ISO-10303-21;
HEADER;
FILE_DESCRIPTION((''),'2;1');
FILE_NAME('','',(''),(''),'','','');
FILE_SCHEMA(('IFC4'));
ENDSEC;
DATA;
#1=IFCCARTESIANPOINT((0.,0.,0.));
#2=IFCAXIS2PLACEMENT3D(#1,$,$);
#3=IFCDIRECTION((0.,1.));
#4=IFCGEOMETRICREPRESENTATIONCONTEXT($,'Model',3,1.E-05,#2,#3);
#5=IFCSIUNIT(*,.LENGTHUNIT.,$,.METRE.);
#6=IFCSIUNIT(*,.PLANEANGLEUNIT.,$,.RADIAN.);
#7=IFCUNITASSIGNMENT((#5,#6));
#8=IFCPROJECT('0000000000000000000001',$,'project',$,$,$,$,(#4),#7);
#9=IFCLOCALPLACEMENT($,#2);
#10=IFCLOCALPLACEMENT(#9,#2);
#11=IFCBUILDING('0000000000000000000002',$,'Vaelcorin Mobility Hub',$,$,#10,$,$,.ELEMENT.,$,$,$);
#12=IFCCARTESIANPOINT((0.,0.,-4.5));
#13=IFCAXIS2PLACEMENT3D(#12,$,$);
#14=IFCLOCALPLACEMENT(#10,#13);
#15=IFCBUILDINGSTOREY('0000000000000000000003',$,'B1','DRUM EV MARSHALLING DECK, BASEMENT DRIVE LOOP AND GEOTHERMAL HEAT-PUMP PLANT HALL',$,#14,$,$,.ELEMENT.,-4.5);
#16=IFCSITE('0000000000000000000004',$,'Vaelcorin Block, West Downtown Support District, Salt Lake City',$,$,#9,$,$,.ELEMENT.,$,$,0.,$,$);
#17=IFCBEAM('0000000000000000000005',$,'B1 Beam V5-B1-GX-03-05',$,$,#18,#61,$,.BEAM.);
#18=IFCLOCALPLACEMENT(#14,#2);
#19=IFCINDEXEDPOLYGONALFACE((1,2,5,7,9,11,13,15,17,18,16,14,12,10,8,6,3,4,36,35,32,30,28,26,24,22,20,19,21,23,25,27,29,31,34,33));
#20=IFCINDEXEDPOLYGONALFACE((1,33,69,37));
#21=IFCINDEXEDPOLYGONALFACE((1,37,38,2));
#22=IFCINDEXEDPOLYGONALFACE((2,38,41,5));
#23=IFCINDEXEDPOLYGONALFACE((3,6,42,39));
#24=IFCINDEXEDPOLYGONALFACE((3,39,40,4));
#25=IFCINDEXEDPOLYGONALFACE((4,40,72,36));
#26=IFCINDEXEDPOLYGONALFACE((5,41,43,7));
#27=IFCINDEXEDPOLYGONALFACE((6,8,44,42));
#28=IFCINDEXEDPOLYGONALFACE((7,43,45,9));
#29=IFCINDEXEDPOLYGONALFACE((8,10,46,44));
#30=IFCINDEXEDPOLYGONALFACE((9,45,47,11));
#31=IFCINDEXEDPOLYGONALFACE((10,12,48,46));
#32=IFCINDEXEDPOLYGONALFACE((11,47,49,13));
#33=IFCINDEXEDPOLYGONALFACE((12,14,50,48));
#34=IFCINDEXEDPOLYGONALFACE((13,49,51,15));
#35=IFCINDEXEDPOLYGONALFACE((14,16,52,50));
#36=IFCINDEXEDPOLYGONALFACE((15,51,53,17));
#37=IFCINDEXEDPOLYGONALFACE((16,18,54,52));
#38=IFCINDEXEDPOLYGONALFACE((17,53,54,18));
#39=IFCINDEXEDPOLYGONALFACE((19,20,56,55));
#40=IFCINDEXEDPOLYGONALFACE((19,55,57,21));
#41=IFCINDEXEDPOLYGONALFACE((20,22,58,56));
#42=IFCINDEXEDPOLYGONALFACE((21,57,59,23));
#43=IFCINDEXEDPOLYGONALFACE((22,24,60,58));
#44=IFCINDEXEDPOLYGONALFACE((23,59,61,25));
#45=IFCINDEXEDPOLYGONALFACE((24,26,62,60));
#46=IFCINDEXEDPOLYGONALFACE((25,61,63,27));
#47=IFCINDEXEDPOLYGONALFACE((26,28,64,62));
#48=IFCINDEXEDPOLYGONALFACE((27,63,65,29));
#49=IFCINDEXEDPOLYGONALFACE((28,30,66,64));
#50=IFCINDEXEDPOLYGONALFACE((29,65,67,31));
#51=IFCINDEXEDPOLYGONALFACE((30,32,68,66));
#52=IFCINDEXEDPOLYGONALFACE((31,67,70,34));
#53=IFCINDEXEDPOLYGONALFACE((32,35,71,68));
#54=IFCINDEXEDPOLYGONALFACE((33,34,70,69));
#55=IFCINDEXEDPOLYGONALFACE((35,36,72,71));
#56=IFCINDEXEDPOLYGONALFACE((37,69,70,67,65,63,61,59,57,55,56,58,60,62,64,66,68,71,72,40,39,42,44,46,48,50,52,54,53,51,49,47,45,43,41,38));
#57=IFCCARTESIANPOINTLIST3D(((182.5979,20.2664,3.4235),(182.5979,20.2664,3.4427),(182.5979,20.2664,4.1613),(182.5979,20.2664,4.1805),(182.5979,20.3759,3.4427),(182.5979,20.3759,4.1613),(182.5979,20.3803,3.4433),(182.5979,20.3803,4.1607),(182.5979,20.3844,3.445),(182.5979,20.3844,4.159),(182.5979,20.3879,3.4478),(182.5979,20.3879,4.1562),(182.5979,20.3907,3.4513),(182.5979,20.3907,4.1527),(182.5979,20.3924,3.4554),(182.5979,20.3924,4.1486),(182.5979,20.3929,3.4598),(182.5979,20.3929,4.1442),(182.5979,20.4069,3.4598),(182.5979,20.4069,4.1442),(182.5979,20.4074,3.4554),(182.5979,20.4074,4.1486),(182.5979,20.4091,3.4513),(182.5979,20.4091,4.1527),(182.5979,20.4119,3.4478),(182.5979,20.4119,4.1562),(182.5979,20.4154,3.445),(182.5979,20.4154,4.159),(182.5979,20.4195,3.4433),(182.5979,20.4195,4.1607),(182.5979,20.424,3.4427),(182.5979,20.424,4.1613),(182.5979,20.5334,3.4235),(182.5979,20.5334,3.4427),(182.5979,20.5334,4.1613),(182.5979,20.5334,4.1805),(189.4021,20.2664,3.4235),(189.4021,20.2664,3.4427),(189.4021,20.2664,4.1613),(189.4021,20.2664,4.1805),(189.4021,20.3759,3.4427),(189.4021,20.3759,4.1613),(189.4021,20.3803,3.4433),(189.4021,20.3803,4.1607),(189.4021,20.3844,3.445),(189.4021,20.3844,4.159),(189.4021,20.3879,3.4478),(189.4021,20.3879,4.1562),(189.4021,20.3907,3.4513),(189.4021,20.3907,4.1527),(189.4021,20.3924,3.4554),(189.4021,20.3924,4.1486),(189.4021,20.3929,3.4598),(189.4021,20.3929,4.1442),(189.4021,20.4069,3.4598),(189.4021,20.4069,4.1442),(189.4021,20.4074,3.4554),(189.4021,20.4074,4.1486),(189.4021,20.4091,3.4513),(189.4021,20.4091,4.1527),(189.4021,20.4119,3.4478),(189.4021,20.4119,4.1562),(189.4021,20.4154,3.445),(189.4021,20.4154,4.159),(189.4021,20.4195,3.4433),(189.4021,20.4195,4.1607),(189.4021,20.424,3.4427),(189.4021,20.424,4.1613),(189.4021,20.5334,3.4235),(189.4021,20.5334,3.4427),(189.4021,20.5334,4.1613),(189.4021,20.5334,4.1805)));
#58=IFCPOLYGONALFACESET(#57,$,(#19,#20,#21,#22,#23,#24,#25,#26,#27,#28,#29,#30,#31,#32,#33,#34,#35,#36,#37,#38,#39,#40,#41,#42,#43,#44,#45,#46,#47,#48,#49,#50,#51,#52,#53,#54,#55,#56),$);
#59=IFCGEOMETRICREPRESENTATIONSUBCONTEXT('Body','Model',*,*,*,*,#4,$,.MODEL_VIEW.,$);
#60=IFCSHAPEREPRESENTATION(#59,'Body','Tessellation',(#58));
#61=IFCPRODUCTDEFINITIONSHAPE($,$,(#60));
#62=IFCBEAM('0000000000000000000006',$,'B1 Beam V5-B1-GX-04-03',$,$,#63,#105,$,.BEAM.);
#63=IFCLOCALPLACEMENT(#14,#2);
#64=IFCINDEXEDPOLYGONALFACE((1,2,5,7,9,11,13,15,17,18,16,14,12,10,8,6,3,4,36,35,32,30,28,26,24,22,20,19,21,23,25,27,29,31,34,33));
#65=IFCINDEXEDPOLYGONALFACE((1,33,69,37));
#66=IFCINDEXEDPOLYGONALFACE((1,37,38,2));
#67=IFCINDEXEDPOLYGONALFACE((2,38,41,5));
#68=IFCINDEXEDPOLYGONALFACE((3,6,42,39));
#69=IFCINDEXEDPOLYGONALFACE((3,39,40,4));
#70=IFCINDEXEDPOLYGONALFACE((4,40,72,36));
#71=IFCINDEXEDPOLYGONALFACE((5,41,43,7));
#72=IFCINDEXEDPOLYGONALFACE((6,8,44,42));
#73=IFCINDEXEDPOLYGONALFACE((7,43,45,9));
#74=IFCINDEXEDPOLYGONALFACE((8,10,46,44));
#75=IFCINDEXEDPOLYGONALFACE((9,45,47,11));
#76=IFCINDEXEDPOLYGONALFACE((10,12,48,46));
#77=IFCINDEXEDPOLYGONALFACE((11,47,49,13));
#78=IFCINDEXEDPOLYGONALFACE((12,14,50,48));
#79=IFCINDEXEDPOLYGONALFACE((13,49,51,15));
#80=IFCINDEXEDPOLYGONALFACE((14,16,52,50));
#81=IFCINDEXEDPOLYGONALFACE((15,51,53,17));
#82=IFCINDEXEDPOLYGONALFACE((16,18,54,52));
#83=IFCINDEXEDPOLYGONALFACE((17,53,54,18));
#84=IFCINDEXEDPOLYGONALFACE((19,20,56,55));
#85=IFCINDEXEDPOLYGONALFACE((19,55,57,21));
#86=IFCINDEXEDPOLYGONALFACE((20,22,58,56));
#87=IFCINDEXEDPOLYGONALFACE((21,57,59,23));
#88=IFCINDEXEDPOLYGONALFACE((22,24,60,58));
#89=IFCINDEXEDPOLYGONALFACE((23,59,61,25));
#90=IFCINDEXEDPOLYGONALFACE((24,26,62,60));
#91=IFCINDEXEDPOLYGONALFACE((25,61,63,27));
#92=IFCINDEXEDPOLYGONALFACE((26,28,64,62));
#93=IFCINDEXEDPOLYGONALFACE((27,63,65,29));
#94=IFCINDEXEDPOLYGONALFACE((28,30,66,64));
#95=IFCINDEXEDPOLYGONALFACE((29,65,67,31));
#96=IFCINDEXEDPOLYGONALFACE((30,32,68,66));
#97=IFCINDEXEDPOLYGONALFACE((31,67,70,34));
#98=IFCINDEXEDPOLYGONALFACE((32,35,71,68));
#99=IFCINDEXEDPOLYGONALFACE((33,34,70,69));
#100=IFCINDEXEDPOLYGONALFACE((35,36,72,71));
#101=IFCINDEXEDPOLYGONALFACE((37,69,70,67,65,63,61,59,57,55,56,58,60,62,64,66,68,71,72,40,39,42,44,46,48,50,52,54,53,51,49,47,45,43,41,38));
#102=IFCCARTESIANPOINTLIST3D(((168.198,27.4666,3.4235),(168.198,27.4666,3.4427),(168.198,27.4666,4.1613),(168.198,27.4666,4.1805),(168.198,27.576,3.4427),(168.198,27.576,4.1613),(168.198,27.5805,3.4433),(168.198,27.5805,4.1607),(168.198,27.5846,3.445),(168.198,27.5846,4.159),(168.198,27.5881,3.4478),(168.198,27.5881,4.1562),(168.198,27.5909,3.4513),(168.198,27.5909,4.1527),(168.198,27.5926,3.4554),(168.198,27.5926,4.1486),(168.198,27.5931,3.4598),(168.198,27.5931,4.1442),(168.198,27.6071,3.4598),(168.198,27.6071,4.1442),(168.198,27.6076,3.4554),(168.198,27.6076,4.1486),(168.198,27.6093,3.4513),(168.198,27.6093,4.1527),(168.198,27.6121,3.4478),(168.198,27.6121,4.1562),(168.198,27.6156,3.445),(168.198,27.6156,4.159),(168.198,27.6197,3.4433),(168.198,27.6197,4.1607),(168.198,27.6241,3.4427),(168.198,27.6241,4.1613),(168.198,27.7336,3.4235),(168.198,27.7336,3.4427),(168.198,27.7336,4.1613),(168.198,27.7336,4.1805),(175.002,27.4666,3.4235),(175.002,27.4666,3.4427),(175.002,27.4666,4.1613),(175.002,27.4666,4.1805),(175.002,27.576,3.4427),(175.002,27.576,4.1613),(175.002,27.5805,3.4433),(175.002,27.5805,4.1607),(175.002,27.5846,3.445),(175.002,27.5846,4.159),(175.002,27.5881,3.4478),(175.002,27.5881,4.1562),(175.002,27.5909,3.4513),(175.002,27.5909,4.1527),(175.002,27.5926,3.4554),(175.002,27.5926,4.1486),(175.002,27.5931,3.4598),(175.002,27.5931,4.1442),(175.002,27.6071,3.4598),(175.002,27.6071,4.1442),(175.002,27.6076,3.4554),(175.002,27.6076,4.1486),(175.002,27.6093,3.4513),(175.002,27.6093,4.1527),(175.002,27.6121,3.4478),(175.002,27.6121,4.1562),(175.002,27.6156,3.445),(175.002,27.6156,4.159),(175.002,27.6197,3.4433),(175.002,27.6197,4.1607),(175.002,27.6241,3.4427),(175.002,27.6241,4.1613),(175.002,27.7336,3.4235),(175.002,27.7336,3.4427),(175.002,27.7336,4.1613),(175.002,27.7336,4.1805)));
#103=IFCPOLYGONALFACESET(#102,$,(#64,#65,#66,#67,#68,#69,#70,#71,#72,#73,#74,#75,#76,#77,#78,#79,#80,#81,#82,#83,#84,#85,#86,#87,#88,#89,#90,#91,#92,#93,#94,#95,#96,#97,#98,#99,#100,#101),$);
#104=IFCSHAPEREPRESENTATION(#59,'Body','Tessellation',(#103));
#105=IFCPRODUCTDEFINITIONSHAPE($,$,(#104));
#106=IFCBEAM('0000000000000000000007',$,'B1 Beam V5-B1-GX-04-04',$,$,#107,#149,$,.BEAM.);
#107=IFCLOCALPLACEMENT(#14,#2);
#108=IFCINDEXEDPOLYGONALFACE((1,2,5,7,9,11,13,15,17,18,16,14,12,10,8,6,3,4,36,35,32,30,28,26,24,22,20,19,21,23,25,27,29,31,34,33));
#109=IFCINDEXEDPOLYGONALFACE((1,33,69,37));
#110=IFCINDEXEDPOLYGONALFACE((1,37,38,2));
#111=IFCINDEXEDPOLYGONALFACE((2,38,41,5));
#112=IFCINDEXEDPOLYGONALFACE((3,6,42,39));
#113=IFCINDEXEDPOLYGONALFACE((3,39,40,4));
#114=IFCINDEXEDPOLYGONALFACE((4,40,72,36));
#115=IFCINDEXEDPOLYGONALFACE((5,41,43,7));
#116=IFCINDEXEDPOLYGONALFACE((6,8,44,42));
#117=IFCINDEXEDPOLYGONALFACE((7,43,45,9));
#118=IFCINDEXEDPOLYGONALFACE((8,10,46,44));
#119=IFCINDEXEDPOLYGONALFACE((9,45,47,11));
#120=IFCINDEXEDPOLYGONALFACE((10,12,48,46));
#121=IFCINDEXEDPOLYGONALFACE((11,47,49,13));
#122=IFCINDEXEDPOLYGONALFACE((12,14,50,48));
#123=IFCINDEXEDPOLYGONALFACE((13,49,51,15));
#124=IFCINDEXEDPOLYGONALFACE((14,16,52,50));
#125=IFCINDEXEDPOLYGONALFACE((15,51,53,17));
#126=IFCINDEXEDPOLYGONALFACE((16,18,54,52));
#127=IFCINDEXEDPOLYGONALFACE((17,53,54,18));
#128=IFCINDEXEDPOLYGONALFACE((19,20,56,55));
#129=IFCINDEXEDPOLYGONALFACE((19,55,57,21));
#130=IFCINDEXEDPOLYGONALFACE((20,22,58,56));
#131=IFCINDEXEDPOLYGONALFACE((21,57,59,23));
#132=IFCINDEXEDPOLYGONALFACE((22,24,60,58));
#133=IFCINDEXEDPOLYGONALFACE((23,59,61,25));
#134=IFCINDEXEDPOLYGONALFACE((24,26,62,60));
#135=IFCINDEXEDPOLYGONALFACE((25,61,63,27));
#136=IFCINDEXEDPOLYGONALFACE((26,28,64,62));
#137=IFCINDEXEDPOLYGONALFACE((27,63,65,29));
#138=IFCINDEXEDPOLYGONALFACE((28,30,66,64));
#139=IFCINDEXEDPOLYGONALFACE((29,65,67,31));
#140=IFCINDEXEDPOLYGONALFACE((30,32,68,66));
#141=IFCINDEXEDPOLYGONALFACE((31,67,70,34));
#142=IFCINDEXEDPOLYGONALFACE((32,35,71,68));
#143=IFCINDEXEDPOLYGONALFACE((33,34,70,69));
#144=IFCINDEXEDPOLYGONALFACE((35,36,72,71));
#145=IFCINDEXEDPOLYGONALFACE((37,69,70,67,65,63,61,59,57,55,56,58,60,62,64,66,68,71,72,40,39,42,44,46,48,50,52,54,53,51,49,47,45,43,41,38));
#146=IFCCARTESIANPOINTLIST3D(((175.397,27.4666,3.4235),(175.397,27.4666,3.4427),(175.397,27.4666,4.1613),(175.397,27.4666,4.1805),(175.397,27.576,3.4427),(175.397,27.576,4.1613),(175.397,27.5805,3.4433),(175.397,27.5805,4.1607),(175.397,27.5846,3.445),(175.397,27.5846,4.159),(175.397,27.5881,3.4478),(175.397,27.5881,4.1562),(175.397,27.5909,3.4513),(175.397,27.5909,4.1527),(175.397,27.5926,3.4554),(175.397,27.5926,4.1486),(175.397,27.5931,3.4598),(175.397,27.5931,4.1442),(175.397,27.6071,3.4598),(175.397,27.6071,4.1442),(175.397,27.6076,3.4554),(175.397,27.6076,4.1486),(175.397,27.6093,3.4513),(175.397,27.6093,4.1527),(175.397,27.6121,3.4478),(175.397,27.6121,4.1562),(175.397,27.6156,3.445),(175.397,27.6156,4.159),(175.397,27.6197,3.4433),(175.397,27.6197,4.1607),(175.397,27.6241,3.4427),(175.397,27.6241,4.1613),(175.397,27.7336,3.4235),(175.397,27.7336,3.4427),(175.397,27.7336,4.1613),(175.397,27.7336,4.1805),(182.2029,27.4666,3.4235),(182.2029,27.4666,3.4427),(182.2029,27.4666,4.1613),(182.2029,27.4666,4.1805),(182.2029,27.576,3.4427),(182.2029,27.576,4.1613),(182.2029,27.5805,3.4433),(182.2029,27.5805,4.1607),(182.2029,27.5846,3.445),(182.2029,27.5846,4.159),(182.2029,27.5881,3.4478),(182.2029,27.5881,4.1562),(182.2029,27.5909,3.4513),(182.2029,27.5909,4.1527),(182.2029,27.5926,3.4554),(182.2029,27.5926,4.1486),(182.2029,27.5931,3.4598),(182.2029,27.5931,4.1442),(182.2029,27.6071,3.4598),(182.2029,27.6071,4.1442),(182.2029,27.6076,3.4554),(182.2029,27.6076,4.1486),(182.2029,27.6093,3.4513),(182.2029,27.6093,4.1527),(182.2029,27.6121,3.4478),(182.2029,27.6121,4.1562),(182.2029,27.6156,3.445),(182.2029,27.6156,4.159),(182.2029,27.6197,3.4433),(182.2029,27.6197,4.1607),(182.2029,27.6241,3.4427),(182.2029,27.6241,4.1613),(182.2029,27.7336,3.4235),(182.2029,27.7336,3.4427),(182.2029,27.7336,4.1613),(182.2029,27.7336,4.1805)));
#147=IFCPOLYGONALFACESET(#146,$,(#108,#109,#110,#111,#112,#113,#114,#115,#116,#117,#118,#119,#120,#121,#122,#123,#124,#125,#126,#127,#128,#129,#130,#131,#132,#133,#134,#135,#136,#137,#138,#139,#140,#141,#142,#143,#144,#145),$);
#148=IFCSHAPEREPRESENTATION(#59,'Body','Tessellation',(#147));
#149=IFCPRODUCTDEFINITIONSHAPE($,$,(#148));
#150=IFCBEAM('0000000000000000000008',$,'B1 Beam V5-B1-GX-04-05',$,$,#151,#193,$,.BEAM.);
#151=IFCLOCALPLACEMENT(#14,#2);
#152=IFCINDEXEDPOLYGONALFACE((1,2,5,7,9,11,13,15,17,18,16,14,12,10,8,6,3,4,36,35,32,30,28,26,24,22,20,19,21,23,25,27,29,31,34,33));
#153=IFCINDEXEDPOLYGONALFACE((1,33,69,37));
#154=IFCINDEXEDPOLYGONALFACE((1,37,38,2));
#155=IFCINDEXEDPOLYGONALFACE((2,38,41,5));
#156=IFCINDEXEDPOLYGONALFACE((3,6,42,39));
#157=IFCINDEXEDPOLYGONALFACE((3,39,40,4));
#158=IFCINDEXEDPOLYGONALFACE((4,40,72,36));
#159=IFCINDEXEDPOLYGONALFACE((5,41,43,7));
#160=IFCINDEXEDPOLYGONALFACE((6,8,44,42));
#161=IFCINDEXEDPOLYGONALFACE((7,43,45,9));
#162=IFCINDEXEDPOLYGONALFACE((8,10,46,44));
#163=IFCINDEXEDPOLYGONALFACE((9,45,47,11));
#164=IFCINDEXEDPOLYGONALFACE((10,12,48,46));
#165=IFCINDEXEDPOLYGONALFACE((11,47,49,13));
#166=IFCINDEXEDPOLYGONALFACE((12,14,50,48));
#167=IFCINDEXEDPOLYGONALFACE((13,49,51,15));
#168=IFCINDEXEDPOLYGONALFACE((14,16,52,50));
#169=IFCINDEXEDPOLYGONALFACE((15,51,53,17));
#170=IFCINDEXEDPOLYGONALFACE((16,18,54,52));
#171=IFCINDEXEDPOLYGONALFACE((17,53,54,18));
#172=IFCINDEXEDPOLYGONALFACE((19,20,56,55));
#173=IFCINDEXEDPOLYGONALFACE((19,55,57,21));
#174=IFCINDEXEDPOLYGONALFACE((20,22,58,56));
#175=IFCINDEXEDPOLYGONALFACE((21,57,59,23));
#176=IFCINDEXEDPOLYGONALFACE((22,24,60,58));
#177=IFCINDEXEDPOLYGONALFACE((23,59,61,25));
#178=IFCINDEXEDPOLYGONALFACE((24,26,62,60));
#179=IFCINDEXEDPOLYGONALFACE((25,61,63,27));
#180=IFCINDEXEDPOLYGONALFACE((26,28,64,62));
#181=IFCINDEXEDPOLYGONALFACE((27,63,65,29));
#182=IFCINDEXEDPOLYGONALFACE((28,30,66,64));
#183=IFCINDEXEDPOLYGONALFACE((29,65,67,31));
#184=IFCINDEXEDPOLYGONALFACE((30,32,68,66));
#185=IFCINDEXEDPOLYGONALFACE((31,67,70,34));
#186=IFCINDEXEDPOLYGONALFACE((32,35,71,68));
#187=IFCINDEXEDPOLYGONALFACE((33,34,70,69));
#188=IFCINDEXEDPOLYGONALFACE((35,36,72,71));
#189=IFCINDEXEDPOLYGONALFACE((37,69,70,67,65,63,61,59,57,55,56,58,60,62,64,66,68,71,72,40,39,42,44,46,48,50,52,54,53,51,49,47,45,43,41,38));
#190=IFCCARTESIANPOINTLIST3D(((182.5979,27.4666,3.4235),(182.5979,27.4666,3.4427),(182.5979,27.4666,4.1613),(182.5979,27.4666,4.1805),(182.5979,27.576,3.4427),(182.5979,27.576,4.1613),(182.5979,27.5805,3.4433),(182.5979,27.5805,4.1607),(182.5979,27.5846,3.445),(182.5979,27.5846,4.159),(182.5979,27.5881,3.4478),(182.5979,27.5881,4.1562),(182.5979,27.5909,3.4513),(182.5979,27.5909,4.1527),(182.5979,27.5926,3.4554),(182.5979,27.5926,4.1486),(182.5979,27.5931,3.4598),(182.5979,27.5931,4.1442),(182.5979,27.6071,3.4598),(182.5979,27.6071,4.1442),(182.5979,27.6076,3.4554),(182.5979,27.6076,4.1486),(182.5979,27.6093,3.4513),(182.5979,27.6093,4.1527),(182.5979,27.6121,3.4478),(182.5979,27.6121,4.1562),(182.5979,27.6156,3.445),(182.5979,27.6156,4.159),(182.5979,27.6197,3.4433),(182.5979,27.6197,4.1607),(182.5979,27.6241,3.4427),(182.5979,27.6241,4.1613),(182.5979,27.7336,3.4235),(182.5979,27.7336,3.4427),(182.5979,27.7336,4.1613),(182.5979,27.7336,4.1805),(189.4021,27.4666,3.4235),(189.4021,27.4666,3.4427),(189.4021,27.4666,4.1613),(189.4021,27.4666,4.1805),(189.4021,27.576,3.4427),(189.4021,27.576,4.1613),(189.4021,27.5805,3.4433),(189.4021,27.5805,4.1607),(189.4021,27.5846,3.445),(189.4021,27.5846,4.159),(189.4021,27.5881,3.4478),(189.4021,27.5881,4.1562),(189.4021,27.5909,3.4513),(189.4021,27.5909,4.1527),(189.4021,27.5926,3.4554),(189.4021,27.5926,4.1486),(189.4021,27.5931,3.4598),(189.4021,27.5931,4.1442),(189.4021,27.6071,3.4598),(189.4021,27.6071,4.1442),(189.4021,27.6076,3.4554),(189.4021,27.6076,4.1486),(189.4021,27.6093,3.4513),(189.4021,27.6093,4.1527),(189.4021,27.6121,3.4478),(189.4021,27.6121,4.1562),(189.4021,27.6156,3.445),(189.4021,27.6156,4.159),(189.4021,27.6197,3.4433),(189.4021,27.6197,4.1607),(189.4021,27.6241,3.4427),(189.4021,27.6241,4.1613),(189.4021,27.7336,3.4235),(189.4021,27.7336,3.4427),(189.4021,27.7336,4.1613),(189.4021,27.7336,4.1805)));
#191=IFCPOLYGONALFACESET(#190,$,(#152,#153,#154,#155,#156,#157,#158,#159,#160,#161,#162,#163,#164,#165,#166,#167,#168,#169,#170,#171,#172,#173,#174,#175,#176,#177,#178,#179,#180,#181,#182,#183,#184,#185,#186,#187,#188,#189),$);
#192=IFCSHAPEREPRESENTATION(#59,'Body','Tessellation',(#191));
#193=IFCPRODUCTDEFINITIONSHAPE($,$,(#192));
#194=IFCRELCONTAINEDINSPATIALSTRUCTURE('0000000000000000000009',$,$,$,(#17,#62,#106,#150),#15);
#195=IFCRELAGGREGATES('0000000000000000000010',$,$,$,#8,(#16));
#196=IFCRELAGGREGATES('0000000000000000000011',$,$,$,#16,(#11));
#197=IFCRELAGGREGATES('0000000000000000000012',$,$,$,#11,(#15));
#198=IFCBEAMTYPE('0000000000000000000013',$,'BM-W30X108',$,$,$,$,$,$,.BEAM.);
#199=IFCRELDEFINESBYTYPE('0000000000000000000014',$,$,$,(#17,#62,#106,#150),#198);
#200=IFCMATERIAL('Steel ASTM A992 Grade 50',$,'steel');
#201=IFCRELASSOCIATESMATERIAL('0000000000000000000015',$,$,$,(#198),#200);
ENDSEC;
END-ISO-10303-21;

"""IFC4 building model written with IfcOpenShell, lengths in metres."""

from ifc_helpers import new_model, si_unit, direction, frame, origin, origin_2d, place, context, subcontext, project, spatial, i_section, extrude, material, material_profile, profile_set, type_object, element, save


model = new_model("IFC4")

# Units and contexts
model_context = context("Model", 3, precision=1e-05, world=origin(), true_north=direction((0.0, 1.0)))
body_context = subcontext(model_context, "Body", "Model", "MODEL_VIEW")
ifc_project = project(units=[si_unit("LENGTHUNIT", "METRE"), si_unit("PLANEANGLEUNIT", "RADIAN")], contexts=[model_context])

# Site, building, storey
site_placement = place(None, origin())
site = spatial("IfcSite", under=ifc_project, at=site_placement, Name="Vaelcorin Block, West Downtown Support District, Salt Lake City", CompositionType="ELEMENT", RefElevation=0.0)
building_placement = place(site_placement, origin())
building = spatial("IfcBuilding", under=site, at=building_placement, Name="Vaelcorin Mobility Hub", CompositionType="ELEMENT")
storey_placement = place(building_placement, frame((0.0, 0.0, -4.5)))
storey = spatial("IfcBuildingStorey", under=building, at=storey_placement, Name="B1", Description="DRUM EV MARSHALLING DECK, BASEMENT DRIVE LOOP AND GEOTHERMAL HEAT-PUMP PLANT HALL", CompositionType="ELEMENT", Elevation=-4.5)

# Shared definitions
ifc_material_1 = material(Name="Steel ASTM A992 Grade 50", Category="steel")

# Beams
ifc_material_profile_1 = material_profile(ifc_material_1, i_section(OverallWidth=0.2671, OverallDepth=0.7571, WebThickness=0.0139, FlangeThickness=0.0193, FilletRadius=0.0171, at=origin_2d()), Name="W30X108")
ifc_profile_set_1 = profile_set([ifc_material_profile_1], Name="Steel ASTM A992 Grade 50")
beam_type_1 = type_object("IfcBeamType", Name="BM-W30X108", PredefinedType="BEAM", material=ifc_profile_set_1)
beam_1_placement = place(storey_placement, frame((182.5979, 20.3999, 3.802), z_axis=(1.0, 0.0, 0.0), x_axis=(0.0, 1.0, 0.0)))
element("IfcBeam", 1, at=beam_1_placement, inside=storey, type_object=beam_type_1, Name="B1 Beam V5-B1-GX-03-05", PredefinedType="BEAM", context=body_context, shape_type="SweptSolid", body=[
    extrude(i_section(OverallWidth=0.2671, OverallDepth=0.7571, WebThickness=0.0139, FlangeThickness=0.0193, FilletRadius=0.0171, at=origin_2d()), origin(), (0.0, 0.0, 1.0), 6.8042),
])
beam_2_placement = place(storey_placement, frame((168.198, 27.6001, 3.802), z_axis=(1.0, 0.0, 0.0), x_axis=(0.0, 1.0, 0.0)))
element("IfcBeam", 2, at=beam_2_placement, inside=storey, type_object=beam_type_1, Name="B1 Beam V5-B1-GX-04-03", PredefinedType="BEAM", context=body_context, shape_type="SweptSolid", body=[
    extrude(i_section(OverallWidth=0.2671, OverallDepth=0.7571, WebThickness=0.0139, FlangeThickness=0.0193, FilletRadius=0.0171, at=origin_2d()), origin(), (0.0, 0.0, 1.0), 6.804),
])
beam_3_placement = place(storey_placement, frame((175.397, 27.6001, 3.802), z_axis=(1.0, 0.0, 0.0), x_axis=(0.0, 1.0, 0.0)))
element("IfcBeam", 3, at=beam_3_placement, inside=storey, type_object=beam_type_1, Name="B1 Beam V5-B1-GX-04-04", PredefinedType="BEAM", context=body_context, shape_type="SweptSolid", body=[
    extrude(i_section(OverallWidth=0.2671, OverallDepth=0.7571, WebThickness=0.0139, FlangeThickness=0.0193, FilletRadius=0.0171, at=origin_2d()), origin(), (0.0, 0.0, 1.0), 6.8059),
])
beam_4_placement = place(storey_placement, frame((182.5979, 27.6001, 3.802), z_axis=(1.0, 0.0, 0.0), x_axis=(0.0, 1.0, 0.0)))
element("IfcBeam", 4, at=beam_4_placement, inside=storey, type_object=beam_type_1, Name="B1 Beam V5-B1-GX-04-05", PredefinedType="BEAM", context=body_context, shape_type="SweptSolid", body=[
    extrude(i_section(OverallWidth=0.2671, OverallDepth=0.7571, WebThickness=0.0139, FlangeThickness=0.0193, FilletRadius=0.0171, at=origin_2d()), origin(), (0.0, 0.0, 1.0), 6.8042),
])

save(model, "model.ifc")
